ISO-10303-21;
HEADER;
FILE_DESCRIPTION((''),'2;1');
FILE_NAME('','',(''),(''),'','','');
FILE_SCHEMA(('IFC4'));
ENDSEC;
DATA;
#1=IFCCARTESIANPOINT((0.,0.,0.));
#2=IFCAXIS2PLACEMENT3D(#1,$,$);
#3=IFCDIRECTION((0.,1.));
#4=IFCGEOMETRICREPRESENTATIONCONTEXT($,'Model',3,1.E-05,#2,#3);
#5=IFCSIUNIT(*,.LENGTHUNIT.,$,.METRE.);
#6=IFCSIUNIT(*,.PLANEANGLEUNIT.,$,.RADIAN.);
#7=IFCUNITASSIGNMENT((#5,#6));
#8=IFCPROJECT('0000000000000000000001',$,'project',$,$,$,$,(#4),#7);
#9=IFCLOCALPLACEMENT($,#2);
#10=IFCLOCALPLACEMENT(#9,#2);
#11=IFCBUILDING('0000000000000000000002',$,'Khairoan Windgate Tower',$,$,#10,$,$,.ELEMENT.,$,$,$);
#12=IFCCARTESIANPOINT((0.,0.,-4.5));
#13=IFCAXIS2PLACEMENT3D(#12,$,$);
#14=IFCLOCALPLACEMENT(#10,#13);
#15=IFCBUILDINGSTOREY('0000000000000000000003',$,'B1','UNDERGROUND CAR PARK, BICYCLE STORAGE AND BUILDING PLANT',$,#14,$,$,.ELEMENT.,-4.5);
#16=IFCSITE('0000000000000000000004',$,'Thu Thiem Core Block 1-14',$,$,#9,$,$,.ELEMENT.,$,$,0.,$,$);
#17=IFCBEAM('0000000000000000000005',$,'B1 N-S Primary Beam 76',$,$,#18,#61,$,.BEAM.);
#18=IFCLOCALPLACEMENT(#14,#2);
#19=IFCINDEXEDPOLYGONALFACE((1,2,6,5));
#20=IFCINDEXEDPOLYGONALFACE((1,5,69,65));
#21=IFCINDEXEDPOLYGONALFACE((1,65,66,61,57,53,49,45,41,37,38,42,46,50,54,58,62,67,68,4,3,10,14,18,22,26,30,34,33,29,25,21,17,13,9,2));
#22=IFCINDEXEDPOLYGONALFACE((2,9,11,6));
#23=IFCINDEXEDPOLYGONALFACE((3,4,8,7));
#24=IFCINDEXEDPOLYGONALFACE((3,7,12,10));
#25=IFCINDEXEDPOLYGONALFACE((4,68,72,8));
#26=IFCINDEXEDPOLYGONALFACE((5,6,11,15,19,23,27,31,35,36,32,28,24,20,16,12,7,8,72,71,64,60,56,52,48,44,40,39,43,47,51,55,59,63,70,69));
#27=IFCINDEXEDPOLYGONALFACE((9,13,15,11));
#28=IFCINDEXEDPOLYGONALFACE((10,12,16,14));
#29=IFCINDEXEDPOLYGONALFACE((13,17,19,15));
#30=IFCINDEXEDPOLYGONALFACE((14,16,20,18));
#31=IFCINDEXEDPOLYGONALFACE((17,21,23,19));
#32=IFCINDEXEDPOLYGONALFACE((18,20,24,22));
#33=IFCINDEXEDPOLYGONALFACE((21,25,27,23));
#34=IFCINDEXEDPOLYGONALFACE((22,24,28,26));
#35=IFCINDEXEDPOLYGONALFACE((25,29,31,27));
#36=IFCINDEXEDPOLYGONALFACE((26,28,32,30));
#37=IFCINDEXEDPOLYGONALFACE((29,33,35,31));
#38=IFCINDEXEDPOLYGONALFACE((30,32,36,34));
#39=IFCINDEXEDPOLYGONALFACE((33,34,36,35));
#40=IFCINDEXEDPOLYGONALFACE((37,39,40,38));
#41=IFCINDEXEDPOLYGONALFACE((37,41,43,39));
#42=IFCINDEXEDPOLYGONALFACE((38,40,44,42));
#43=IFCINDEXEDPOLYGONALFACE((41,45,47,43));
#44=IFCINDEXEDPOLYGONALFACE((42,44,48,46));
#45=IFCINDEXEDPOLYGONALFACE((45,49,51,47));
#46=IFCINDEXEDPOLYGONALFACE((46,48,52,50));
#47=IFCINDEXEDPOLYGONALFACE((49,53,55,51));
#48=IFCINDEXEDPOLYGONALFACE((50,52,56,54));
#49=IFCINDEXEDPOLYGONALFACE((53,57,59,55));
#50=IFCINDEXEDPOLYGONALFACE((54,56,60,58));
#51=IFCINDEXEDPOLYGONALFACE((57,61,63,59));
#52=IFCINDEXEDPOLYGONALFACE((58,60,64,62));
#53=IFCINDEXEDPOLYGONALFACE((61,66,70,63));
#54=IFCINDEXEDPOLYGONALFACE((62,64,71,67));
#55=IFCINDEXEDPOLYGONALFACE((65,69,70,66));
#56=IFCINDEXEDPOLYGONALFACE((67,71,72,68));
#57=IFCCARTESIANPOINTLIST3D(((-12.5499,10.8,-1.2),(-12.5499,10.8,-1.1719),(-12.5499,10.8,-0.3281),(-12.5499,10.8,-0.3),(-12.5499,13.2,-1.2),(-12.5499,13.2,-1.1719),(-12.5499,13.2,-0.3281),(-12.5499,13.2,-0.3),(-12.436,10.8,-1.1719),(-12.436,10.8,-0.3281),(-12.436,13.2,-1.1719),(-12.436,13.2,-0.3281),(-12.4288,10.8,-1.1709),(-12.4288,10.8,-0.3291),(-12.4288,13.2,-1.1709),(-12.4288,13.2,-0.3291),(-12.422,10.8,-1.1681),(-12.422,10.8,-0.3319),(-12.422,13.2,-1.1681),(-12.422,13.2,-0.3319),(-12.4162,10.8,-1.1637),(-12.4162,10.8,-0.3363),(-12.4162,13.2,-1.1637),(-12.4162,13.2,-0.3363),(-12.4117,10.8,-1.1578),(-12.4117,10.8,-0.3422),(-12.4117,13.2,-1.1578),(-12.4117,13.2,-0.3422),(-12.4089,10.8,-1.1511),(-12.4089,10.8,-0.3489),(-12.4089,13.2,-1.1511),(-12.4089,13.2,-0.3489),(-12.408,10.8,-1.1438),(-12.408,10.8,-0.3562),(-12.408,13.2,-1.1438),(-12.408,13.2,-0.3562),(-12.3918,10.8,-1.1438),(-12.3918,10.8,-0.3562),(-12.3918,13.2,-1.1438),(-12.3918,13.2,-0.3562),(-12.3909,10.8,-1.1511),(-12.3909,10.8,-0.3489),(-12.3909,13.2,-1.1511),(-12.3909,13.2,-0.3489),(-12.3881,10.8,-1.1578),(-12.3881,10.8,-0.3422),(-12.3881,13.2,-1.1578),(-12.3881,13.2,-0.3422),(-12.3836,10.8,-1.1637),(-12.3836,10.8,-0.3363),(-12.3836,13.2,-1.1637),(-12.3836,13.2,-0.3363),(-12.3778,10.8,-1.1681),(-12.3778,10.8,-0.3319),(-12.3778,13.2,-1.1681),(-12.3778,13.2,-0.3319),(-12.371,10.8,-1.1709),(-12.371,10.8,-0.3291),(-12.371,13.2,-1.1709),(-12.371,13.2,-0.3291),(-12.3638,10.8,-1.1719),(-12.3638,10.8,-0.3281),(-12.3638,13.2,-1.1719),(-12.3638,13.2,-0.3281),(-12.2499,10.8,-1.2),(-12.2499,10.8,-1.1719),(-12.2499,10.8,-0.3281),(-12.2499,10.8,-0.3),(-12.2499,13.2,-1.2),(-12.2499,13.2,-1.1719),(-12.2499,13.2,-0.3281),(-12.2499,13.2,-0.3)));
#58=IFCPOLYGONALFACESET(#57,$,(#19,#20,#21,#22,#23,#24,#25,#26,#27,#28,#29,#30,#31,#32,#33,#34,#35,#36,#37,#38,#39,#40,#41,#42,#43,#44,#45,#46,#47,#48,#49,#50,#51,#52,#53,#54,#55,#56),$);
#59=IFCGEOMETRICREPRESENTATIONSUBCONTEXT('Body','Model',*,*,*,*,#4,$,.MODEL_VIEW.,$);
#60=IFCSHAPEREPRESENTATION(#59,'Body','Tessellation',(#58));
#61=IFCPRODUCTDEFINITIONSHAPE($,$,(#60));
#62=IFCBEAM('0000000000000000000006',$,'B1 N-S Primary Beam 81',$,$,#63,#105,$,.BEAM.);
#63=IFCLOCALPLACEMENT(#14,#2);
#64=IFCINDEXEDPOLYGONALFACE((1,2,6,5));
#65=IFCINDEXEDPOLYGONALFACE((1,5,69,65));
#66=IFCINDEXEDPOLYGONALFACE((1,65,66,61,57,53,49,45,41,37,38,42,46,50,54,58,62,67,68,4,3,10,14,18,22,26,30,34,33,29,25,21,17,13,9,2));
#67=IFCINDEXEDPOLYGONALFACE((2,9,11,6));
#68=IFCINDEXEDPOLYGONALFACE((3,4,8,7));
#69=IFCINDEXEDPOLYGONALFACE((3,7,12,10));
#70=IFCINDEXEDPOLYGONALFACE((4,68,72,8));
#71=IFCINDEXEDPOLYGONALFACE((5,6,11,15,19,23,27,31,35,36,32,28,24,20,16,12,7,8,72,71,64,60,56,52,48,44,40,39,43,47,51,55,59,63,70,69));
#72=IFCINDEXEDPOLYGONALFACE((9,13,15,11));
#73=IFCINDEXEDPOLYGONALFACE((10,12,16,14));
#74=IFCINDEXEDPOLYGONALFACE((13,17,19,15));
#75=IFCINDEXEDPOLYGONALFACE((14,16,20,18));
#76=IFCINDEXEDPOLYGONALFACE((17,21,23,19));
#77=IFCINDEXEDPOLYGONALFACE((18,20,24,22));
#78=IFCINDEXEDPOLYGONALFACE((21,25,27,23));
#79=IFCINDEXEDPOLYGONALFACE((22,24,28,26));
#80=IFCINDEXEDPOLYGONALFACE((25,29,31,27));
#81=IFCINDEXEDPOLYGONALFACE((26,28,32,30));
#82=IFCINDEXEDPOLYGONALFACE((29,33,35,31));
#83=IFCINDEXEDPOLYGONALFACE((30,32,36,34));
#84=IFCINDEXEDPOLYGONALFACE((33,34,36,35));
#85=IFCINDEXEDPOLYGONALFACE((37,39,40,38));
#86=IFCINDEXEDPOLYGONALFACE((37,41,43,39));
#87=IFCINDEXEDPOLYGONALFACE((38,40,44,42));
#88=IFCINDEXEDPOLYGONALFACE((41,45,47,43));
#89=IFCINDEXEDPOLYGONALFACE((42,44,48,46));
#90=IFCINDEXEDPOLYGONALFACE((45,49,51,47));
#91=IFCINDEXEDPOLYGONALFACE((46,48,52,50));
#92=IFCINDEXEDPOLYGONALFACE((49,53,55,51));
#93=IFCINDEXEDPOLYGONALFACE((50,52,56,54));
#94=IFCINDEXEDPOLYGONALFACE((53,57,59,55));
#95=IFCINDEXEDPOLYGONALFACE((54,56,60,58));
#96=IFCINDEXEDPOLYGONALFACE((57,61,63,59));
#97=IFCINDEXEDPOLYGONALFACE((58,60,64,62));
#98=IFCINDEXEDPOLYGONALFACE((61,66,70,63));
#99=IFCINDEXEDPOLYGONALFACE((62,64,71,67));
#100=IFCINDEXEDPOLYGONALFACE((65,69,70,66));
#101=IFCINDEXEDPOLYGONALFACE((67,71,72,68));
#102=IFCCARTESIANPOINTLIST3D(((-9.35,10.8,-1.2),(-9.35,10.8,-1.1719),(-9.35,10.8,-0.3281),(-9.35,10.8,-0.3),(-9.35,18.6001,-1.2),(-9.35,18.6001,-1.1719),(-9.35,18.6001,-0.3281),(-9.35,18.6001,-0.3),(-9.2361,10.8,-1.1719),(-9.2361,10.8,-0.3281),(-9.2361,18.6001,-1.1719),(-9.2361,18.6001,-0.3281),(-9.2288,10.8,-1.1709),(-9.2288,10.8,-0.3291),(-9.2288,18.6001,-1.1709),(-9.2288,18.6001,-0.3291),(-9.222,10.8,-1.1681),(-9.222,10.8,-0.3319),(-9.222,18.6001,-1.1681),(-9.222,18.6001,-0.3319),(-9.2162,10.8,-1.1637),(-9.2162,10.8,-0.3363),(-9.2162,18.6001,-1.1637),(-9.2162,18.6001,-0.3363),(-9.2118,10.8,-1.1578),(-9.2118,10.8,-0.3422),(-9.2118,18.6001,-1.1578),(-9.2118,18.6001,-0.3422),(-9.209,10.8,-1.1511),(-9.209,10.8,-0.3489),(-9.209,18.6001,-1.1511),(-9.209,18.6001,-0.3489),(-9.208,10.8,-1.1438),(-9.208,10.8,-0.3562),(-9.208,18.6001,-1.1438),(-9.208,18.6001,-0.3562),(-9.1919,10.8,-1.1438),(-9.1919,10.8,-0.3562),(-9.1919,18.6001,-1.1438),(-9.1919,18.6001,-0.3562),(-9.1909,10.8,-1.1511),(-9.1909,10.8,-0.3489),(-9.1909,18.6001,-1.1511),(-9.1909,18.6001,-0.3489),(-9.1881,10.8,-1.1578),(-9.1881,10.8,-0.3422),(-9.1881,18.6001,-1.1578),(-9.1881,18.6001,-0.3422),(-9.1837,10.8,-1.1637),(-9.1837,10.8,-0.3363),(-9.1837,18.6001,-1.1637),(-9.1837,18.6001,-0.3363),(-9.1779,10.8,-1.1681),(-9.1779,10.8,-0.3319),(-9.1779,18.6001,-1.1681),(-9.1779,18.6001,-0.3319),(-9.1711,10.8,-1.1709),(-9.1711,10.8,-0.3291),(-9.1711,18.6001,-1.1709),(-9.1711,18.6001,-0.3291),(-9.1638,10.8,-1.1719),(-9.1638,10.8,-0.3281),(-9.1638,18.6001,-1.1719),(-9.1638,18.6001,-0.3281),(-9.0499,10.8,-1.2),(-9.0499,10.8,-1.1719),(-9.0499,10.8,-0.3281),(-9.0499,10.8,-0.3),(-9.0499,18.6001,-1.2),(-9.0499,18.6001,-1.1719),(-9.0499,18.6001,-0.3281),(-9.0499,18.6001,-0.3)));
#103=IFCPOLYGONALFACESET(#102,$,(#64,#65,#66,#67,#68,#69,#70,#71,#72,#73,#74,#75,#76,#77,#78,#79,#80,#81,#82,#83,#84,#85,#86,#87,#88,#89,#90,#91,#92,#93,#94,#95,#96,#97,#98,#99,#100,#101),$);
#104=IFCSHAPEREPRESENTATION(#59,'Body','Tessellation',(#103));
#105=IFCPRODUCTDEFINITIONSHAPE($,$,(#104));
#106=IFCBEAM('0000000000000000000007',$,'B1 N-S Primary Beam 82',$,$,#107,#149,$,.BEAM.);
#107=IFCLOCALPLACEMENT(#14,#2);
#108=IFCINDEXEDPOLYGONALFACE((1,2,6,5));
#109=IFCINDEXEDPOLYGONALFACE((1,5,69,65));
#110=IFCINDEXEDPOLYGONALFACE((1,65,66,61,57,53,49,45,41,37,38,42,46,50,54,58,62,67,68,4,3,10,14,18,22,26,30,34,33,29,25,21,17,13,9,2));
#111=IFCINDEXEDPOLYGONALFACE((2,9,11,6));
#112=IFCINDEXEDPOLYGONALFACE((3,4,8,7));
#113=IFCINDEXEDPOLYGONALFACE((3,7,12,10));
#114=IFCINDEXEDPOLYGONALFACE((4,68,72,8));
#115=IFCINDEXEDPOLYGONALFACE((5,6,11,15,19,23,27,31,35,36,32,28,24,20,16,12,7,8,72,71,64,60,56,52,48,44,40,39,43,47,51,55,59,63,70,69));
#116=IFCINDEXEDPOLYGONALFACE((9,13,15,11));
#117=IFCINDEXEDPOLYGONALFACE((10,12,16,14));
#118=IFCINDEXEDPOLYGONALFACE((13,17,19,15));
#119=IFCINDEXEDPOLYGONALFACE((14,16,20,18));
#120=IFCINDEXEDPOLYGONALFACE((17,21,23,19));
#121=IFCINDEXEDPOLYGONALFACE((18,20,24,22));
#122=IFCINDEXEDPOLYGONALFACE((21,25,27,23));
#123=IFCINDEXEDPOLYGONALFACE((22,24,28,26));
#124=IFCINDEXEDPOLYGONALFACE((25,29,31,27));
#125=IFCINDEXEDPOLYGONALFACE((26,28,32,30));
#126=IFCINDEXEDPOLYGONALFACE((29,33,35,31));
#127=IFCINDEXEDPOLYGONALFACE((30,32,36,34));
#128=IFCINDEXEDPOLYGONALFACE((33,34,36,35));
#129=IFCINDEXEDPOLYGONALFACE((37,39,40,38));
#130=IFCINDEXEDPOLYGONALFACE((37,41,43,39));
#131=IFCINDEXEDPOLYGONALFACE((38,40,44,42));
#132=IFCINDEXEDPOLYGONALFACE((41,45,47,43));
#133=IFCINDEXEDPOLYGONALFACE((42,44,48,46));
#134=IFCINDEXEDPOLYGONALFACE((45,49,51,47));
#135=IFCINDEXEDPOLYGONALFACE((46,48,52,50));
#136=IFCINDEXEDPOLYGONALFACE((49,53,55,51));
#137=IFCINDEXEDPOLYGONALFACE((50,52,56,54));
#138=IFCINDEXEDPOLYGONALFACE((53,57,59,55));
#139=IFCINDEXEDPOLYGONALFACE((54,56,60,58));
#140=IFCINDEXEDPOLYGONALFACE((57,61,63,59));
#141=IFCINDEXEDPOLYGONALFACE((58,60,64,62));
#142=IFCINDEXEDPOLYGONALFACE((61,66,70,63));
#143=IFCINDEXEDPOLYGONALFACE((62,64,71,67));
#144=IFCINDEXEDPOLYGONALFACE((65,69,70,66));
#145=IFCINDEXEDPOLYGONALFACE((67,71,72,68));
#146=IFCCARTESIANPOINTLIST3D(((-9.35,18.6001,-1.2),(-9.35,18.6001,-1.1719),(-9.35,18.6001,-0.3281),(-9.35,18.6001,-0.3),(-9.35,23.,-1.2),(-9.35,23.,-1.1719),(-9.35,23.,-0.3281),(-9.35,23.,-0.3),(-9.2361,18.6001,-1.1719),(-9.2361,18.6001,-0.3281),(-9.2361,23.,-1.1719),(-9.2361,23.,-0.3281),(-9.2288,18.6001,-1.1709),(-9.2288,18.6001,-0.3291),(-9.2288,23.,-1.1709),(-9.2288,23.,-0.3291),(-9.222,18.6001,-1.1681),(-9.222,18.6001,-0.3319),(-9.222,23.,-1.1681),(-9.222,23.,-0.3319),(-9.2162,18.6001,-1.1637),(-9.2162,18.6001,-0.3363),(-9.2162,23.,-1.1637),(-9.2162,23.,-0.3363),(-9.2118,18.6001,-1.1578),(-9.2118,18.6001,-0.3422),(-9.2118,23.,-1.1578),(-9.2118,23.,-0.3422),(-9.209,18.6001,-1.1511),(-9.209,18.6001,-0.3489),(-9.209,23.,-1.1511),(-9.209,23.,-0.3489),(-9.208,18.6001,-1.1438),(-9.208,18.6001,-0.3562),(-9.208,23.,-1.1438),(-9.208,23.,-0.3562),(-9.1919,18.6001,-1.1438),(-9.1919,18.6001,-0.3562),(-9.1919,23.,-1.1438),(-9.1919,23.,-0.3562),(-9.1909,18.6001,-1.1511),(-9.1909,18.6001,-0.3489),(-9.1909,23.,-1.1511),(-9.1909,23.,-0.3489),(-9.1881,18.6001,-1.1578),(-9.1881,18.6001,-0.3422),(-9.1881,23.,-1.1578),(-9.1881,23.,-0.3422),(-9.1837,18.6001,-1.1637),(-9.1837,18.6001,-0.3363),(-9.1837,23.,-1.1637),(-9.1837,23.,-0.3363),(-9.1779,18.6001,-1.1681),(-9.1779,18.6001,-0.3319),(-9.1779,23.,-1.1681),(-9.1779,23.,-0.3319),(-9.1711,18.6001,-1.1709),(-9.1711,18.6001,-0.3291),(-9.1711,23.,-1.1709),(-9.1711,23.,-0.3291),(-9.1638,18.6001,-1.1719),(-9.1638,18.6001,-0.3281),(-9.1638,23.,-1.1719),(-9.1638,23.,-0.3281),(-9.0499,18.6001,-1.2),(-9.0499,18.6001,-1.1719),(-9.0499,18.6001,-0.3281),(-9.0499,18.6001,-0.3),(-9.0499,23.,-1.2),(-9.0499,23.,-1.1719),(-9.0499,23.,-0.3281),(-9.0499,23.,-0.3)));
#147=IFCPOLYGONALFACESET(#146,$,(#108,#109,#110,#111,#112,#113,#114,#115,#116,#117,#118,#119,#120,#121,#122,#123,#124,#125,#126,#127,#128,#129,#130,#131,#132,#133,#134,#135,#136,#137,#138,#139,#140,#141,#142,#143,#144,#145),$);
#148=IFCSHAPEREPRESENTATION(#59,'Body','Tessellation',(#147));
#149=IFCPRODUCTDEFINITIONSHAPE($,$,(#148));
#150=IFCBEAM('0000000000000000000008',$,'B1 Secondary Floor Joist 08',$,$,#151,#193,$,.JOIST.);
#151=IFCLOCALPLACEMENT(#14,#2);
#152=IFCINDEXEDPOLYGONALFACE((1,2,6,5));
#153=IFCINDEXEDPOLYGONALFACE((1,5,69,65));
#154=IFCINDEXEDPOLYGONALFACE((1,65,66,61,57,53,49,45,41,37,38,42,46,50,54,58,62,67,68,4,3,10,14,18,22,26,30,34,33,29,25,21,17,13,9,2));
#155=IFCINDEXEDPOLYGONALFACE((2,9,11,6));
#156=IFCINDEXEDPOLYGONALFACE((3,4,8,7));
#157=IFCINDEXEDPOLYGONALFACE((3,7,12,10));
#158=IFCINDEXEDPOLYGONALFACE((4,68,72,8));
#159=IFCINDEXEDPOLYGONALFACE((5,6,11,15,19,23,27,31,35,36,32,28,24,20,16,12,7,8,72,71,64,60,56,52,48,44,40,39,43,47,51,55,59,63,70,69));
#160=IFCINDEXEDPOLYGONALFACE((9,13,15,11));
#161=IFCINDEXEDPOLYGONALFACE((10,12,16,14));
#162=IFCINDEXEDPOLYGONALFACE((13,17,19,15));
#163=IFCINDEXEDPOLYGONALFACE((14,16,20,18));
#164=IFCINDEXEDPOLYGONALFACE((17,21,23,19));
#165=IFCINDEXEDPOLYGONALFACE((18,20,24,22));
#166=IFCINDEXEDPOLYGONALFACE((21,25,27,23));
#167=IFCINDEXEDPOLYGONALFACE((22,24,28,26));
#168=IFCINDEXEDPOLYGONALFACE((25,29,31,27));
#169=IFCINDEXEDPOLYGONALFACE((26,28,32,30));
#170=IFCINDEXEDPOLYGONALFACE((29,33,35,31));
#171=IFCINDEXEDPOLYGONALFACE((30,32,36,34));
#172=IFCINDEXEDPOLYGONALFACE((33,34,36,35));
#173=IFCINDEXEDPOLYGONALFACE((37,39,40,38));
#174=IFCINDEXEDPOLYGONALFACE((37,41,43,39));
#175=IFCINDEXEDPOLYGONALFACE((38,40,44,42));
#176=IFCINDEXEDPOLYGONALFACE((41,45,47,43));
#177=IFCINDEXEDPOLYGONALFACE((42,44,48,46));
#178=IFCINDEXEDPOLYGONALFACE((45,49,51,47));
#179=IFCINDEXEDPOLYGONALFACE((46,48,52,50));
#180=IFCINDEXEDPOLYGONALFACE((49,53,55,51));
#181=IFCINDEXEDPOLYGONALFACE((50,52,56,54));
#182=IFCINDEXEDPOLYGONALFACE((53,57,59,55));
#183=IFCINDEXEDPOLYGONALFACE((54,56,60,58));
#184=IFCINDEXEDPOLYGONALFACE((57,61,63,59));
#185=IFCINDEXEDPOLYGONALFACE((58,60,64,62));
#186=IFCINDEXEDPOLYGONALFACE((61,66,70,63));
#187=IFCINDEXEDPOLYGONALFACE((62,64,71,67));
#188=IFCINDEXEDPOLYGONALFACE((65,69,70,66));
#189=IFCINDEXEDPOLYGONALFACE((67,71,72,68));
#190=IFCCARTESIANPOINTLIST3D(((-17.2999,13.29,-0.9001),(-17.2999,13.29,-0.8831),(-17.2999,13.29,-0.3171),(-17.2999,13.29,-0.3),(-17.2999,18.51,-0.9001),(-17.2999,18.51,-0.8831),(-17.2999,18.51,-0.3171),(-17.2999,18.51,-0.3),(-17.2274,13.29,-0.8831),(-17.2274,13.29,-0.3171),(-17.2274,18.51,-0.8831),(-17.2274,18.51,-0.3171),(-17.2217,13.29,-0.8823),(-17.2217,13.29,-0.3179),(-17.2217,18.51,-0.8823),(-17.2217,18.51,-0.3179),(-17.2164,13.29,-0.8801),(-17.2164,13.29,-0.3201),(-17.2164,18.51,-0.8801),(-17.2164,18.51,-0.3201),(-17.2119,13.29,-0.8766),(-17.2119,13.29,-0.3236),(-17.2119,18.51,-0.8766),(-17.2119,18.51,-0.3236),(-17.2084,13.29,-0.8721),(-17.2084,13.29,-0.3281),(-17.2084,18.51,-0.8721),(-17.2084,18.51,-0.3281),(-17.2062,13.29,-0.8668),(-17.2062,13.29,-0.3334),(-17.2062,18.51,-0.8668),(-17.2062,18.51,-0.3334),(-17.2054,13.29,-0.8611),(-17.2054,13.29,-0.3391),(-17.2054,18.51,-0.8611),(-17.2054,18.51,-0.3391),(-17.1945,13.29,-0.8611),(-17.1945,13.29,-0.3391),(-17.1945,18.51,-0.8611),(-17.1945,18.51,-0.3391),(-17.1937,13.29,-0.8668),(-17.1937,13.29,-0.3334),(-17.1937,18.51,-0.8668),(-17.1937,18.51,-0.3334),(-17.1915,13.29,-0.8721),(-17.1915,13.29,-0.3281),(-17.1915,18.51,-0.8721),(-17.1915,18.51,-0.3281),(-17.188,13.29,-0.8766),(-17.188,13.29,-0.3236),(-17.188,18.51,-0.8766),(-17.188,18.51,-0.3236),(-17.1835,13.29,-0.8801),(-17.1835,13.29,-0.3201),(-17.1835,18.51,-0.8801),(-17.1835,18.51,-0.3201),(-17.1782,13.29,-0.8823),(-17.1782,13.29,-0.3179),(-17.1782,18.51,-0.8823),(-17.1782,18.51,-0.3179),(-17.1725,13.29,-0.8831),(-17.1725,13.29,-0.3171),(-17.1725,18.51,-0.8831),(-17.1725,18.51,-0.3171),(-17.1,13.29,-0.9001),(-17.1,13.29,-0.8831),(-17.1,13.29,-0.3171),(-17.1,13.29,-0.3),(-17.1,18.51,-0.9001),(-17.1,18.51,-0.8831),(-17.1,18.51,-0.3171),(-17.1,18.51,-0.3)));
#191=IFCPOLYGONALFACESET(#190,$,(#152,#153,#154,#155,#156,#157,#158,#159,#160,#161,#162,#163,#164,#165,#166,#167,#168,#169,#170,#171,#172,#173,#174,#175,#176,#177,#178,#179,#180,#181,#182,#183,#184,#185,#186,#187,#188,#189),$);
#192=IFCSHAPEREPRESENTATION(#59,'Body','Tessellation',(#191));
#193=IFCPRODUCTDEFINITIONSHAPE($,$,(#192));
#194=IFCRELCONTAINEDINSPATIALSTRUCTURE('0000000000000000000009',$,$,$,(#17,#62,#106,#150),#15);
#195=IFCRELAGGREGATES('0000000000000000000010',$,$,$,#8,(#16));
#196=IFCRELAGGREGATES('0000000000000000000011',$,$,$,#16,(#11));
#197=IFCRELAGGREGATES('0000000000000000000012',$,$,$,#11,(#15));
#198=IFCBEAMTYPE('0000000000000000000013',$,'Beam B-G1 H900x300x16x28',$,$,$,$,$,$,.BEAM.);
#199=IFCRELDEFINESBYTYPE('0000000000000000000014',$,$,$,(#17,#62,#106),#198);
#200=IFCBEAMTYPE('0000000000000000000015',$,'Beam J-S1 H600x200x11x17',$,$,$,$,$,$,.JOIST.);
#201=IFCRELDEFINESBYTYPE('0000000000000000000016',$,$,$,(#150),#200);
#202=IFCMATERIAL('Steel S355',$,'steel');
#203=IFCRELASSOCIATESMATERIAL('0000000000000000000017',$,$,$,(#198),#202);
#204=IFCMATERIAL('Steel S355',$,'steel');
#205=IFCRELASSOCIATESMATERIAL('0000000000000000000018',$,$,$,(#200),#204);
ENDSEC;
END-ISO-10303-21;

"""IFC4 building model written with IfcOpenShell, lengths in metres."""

from ifc_helpers import new_model, si_unit, direction, frame, origin, origin_2d, place, context, subcontext, project, spatial, i_section, extrude, material, material_profile, profile_set, type_object, element, save


model = new_model("IFC4")

# Units and contexts
model_context = context("Model", 3, precision=1e-05, world=origin(), true_north=direction((0.0, 1.0)))
body_context = subcontext(model_context, "Body", "Model", "MODEL_VIEW")
ifc_project = project(units=[si_unit("LENGTHUNIT", "METRE"), si_unit("PLANEANGLEUNIT", "RADIAN")], contexts=[model_context])

# Site, building, storey
site_placement = place(None, origin())
site = spatial("IfcSite", under=ifc_project, at=site_placement, Name="Thu Thiem Core Block 1-14", CompositionType="ELEMENT", RefElevation=0.0)
building_placement = place(site_placement, origin())
building = spatial("IfcBuilding", under=site, at=building_placement, Name="Khairoan Windgate Tower", CompositionType="ELEMENT")
storey_placement = place(building_placement, frame((0.0, 0.0, -4.5)))
storey = spatial("IfcBuildingStorey", under=building, at=storey_placement, Name="B1", Description="UNDERGROUND CAR PARK, BICYCLE STORAGE AND BUILDING PLANT", CompositionType="ELEMENT", Elevation=-4.5)

# Beams
ifc_material_1 = material(Name="Steel S355", Category="steel")
ifc_material_profile_1 = material_profile(ifc_material_1, i_section(OverallWidth=0.3, OverallDepth=0.8999, WebThickness=0.0161, FlangeThickness=0.0281, FilletRadius=0.0281, at=origin_2d()))
ifc_profile_set_1 = profile_set([ifc_material_profile_1], Name="Steel S355")
beam_type_1 = type_object("IfcBeamType", Name="Beam B-G1 H900x300x16x28", PredefinedType="BEAM", material=ifc_profile_set_1)
beam_1_placement = place(storey_placement, frame((-12.3999, 10.8, -0.75), z_axis=(0.0, 1.0, 0.0), x_axis=(-1.0, 0.0, 0.0)))
element("IfcBeam", 1, at=beam_1_placement, inside=storey, type_object=beam_type_1, Name="B1 N-S Primary Beam 76", PredefinedType="BEAM", context=body_context, shape_type="SweptSolid", body=[
    extrude(i_section(OverallWidth=0.3, OverallDepth=0.8999, WebThickness=0.0161, FlangeThickness=0.0281, FilletRadius=0.0281, at=origin_2d()), origin(), (0.0, 0.0, 1.0), 2.3999),
])
beam_2_placement = place(storey_placement, frame((-9.2, 10.8, -0.75), z_axis=(0.0, 1.0, 0.0), x_axis=(-1.0, 0.0, 0.0)))
element("IfcBeam", 2, at=beam_2_placement, inside=storey, type_object=beam_type_1, Name="B1 N-S Primary Beam 81", PredefinedType="BEAM", context=body_context, shape_type="SweptSolid", body=[
    extrude(i_section(OverallWidth=0.3, OverallDepth=0.8999, WebThickness=0.0161, FlangeThickness=0.0281, FilletRadius=0.0281, at=origin_2d()), origin(), (0.0, 0.0, 1.0), 7.8),
])
beam_3_placement = place(storey_placement, frame((-9.2, 18.6001, -0.75), z_axis=(0.0, 1.0, 0.0), x_axis=(-1.0, 0.0, 0.0)))
element("IfcBeam", 3, at=beam_3_placement, inside=storey, type_object=beam_type_1, Name="B1 N-S Primary Beam 82", PredefinedType="BEAM", context=body_context, shape_type="SweptSolid", body=[
    extrude(i_section(OverallWidth=0.3, OverallDepth=0.8999, WebThickness=0.0161, FlangeThickness=0.0281, FilletRadius=0.0281, at=origin_2d()), origin(), (0.0, 0.0, 1.0), 4.3999),
])
ifc_material_2 = material(Name="Steel S355", Category="steel")
ifc_material_profile_2 = material_profile(ifc_material_2, i_section(OverallWidth=0.2, OverallDepth=0.6001, WebThickness=0.011, FlangeThickness=0.0171, FilletRadius=0.022, at=origin_2d()))
ifc_profile_set_2 = profile_set([ifc_material_profile_2], Name="Steel S355")
beam_type_2 = type_object("IfcBeamType", Name="Beam J-S1 H600x200x11x17", PredefinedType="JOIST", material=ifc_profile_set_2)
beam_4_placement = place(storey_placement, frame((-17.2, 13.29, -0.6001), z_axis=(0.0, 1.0, 0.0), x_axis=(-1.0, 0.0, 0.0)))
element("IfcBeam", 4, at=beam_4_placement, inside=storey, type_object=beam_type_2, Name="B1 Secondary Floor Joist 08", PredefinedType="JOIST", context=body_context, shape_type="SweptSolid", body=[
    extrude(i_section(OverallWidth=0.2, OverallDepth=0.6001, WebThickness=0.011, FlangeThickness=0.0171, FilletRadius=0.022, at=origin_2d()), origin(), (0.0, 0.0, 1.0), 5.22),
])

save(model, "model.ifc")
